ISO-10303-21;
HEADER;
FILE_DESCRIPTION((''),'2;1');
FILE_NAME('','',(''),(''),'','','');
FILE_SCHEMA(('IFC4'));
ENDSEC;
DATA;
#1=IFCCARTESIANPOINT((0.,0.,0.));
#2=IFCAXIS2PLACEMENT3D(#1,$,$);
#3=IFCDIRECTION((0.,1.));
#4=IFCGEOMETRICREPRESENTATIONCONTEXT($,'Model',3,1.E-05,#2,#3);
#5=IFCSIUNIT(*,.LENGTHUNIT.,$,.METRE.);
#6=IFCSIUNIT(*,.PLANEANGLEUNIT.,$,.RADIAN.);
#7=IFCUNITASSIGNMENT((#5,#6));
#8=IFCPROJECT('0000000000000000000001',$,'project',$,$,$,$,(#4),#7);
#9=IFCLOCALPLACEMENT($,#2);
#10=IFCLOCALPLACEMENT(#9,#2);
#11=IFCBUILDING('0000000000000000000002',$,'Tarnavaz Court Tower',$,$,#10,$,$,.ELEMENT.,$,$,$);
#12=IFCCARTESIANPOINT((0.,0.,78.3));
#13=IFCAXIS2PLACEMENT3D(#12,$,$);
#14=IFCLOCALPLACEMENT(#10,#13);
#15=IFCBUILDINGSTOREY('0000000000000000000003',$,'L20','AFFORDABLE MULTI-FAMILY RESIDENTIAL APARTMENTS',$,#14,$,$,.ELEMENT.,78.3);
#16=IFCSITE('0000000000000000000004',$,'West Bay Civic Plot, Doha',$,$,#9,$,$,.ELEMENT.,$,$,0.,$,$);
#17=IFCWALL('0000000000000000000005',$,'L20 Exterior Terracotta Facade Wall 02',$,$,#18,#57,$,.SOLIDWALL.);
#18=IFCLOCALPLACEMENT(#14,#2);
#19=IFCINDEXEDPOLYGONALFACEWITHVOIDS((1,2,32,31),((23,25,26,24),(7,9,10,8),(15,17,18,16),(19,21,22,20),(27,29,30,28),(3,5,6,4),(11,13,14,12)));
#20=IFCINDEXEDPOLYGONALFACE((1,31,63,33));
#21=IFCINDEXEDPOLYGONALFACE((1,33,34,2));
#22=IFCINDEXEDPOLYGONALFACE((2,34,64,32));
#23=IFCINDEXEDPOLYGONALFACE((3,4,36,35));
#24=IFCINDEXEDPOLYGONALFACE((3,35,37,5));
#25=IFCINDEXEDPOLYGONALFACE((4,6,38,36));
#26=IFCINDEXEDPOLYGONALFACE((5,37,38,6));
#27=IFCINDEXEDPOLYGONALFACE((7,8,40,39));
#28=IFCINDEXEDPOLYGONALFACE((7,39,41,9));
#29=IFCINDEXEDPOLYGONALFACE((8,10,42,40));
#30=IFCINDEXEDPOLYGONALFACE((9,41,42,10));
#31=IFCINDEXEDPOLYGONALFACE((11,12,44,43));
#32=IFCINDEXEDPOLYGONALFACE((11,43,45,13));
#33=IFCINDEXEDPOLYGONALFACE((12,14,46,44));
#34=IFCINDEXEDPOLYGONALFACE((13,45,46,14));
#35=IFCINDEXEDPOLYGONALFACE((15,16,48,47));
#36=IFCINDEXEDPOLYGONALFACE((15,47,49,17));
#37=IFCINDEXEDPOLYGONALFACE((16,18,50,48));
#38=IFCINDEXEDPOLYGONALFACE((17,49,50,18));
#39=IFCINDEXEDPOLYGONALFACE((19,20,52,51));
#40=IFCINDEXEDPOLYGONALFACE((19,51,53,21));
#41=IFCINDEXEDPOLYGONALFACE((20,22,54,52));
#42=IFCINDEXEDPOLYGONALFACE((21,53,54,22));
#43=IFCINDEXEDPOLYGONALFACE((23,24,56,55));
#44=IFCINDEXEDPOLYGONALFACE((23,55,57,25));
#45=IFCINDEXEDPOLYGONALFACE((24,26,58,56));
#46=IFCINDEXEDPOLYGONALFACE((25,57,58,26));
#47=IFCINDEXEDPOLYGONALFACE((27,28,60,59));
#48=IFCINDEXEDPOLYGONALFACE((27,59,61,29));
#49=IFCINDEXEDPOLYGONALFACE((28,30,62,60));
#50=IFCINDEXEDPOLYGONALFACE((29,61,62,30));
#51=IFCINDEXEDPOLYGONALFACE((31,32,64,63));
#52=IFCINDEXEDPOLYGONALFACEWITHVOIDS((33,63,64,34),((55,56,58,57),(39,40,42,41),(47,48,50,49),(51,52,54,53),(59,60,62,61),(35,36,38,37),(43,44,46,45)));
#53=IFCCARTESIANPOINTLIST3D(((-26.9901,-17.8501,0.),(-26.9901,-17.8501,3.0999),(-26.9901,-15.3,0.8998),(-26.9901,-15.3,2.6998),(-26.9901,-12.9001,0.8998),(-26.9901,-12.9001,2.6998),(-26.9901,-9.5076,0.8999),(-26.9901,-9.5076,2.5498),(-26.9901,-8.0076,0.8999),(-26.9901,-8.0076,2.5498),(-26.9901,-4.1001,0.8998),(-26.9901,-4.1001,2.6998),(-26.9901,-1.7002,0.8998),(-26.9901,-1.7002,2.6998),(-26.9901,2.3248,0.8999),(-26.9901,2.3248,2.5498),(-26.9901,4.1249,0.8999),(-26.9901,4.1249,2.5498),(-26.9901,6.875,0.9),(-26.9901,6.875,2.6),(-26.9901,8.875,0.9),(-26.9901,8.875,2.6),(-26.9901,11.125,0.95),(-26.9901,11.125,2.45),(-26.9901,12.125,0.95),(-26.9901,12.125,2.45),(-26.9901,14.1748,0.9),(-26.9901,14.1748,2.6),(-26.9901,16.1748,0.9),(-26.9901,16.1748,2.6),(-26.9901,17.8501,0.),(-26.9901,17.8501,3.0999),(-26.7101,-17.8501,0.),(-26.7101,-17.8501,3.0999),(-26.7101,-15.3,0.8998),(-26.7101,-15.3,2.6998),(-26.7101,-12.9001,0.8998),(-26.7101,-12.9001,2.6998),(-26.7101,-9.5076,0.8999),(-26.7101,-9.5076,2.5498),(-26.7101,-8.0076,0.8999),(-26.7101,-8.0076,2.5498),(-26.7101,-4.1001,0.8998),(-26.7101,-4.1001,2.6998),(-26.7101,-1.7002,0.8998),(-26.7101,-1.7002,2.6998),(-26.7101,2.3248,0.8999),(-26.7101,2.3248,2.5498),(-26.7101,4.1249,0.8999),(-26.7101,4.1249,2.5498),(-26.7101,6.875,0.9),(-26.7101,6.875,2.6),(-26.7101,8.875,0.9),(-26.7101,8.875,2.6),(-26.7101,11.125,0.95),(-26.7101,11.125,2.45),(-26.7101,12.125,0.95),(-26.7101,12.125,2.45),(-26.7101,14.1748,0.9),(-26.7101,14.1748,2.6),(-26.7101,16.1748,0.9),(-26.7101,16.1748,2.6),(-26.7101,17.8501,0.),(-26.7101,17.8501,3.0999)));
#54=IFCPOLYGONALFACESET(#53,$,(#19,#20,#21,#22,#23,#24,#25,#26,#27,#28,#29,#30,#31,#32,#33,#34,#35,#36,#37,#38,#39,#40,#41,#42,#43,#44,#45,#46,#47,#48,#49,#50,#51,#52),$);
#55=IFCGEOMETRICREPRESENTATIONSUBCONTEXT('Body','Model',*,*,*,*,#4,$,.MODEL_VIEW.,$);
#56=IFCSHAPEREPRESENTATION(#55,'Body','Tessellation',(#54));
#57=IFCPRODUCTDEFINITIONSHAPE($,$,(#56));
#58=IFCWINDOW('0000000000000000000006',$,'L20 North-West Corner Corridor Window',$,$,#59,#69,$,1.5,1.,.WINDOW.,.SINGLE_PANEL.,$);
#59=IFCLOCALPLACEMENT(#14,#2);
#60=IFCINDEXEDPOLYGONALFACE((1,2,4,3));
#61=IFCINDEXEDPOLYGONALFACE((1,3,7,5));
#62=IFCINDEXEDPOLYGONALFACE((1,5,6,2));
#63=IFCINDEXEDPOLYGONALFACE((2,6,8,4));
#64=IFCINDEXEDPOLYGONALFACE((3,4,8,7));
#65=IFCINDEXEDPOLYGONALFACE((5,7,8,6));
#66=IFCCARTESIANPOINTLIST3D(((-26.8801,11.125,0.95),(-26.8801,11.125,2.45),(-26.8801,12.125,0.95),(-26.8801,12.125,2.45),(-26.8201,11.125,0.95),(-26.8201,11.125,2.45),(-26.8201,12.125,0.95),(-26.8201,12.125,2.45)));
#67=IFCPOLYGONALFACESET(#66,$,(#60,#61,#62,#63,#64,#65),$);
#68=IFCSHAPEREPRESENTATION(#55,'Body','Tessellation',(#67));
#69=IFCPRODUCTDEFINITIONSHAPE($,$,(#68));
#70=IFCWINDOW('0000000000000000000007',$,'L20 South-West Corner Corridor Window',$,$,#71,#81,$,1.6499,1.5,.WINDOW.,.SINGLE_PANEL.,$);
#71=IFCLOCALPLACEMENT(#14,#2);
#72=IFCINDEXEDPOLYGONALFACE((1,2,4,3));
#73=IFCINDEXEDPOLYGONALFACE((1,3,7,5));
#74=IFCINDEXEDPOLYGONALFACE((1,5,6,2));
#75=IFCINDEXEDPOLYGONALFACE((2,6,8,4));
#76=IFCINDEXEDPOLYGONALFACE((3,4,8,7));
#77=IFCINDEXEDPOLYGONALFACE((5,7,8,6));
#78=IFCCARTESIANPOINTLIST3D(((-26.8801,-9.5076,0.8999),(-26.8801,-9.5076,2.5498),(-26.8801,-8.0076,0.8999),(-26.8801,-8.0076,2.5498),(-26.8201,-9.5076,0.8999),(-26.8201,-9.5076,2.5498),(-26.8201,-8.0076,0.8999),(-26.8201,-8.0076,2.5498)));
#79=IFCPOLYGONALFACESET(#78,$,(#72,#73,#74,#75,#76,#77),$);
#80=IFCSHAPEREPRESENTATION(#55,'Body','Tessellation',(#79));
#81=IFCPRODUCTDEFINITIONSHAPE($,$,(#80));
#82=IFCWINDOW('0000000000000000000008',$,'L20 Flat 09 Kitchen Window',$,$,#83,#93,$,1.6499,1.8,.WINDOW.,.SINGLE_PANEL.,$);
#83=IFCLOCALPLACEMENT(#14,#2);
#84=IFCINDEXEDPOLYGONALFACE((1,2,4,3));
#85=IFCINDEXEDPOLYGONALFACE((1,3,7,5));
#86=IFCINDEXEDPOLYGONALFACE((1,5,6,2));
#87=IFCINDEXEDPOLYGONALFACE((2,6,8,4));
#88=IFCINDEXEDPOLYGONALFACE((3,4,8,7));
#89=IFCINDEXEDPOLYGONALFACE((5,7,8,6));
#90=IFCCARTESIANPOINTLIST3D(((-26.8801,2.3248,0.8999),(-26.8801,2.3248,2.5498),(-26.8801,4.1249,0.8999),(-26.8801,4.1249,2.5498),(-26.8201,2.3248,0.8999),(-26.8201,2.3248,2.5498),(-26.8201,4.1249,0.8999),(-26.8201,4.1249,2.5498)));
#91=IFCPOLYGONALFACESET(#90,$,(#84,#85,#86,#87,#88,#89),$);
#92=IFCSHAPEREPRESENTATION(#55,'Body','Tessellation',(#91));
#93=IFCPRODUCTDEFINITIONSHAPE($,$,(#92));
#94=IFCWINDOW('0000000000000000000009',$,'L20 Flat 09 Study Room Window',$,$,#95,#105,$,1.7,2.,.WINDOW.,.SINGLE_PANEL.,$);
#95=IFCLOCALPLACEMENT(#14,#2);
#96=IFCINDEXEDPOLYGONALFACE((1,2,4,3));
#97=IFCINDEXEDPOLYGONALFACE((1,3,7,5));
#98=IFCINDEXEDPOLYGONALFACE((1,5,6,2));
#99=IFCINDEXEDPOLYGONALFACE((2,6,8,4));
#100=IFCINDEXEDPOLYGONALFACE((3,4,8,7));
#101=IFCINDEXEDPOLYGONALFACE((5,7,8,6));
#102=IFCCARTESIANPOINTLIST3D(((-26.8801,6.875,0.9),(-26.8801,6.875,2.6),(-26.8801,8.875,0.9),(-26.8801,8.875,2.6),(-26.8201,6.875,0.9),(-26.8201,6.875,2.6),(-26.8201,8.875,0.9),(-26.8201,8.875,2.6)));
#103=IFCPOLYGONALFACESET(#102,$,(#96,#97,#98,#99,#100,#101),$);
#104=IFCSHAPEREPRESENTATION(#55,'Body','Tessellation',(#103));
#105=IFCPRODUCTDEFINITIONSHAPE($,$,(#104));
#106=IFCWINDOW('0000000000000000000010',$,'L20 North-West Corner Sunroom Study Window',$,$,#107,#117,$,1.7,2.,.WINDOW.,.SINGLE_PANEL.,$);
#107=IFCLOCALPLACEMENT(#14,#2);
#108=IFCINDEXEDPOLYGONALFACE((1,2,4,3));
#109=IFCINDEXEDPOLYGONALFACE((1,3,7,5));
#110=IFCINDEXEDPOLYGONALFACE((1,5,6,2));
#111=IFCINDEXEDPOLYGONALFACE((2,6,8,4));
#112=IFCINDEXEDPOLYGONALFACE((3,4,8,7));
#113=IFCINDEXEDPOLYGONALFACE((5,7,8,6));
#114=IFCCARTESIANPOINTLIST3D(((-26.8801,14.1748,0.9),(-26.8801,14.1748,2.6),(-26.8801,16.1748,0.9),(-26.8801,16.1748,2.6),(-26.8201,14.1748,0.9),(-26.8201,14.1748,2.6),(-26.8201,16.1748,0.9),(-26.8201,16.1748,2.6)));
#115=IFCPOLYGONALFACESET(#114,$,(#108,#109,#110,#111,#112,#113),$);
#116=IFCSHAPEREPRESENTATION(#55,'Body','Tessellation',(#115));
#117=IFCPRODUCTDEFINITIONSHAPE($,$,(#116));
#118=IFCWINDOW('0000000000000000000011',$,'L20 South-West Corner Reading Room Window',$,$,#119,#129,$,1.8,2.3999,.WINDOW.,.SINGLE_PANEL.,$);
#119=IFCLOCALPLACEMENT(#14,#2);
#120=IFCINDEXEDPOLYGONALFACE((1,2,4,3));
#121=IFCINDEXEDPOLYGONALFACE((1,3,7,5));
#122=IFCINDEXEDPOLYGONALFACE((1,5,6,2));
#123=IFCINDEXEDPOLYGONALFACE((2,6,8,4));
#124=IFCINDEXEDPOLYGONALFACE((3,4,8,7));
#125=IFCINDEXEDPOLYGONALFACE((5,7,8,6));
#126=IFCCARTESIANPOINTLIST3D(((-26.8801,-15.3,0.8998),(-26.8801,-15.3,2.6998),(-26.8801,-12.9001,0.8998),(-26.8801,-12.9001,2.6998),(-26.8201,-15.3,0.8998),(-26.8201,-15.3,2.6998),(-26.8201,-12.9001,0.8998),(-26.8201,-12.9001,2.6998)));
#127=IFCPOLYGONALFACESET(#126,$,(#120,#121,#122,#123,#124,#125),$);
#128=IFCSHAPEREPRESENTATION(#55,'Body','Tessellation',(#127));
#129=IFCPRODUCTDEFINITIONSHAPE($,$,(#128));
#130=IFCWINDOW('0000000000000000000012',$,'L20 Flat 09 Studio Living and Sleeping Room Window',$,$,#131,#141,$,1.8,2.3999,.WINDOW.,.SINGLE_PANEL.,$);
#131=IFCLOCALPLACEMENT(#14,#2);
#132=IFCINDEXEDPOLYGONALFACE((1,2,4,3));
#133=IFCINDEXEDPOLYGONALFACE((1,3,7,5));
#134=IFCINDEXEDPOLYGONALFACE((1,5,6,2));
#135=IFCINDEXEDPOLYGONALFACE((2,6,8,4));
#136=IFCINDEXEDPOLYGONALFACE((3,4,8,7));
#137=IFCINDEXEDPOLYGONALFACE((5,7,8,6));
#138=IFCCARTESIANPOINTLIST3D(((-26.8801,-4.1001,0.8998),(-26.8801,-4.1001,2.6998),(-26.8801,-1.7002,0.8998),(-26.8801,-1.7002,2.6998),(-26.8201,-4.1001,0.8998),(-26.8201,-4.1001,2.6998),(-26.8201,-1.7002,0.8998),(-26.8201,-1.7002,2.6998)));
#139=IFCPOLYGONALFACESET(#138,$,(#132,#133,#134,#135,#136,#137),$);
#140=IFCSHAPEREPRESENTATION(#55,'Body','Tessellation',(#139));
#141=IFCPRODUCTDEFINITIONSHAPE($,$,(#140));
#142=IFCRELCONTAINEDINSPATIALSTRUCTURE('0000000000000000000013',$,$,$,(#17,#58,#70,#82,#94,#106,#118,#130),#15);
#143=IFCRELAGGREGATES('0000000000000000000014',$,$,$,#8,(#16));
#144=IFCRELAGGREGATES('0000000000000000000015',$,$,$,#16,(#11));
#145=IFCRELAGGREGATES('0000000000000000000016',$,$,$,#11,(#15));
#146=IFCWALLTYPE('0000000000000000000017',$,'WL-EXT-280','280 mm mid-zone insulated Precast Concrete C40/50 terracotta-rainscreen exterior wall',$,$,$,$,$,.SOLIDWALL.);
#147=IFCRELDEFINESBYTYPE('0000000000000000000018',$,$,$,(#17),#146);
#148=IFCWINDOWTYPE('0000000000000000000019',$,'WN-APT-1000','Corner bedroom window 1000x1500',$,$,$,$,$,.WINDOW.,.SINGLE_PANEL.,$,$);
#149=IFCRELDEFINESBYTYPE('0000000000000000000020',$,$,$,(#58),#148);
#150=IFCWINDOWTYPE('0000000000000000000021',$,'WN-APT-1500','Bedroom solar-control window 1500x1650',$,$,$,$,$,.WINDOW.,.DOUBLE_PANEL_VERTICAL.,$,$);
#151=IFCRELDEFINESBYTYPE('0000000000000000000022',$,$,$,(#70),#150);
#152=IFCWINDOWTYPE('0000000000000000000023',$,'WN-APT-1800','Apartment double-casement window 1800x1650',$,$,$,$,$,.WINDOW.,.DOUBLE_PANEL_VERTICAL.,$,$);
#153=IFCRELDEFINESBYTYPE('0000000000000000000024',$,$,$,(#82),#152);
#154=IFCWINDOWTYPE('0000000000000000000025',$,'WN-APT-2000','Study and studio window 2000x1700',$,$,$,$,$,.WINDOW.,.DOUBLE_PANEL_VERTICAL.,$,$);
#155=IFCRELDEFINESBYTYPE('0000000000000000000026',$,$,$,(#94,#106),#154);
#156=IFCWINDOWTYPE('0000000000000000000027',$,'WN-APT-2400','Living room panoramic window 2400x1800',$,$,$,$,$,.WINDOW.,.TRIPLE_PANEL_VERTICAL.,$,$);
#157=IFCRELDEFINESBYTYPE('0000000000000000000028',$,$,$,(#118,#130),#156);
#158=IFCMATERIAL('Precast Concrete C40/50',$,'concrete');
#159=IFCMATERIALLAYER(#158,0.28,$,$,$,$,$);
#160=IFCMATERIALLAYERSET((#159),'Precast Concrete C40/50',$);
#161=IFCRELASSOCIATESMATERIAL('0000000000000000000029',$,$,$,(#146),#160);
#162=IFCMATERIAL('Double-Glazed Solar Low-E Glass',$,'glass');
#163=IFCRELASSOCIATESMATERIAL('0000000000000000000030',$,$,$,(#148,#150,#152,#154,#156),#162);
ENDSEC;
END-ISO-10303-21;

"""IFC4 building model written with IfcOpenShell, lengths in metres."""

from ifc_helpers import new_model, si_unit, direction, frame, frame_2d, origin, place, context, subcontext, project, spatial, rectangle, extrude, material, layer, layer_set, type_object, element, fill, save


model = new_model("IFC4")

# Units and contexts
model_context = context("Model", 3, precision=1e-05, world=origin(), true_north=direction((0.0, 1.0)))
body_context = subcontext(model_context, "Body", "Model", "MODEL_VIEW")
ifc_project = project(units=[si_unit("LENGTHUNIT", "METRE"), si_unit("PLANEANGLEUNIT", "RADIAN")], contexts=[model_context])

# Site, building, storey
site_placement = place(None, origin())
site = spatial("IfcSite", under=ifc_project, at=site_placement, Name="West Bay Civic Plot, Doha", CompositionType="ELEMENT", RefElevation=0.0)
building_placement = place(site_placement, origin())
building = spatial("IfcBuilding", under=site, at=building_placement, Name="Tarnavaz Court Tower", CompositionType="ELEMENT")
storey_placement = place(building_placement, frame((0.0, 0.0, 78.3)))
storey = spatial("IfcBuildingStorey", under=building, at=storey_placement, Name="L20", Description="AFFORDABLE MULTI-FAMILY RESIDENTIAL APARTMENTS", CompositionType="ELEMENT", Elevation=78.3)

# Wall, openings, windows
ifc_material_1 = material(Name="Precast Concrete C40/50", Category="concrete")
ifc_layer_1 = layer(ifc_material_1, 0.28)
ifc_layer_set_1 = layer_set([ifc_layer_1], Name="Precast Concrete C40/50")
wall_type_1 = type_object("IfcWallType", Name="WL-EXT-280", Description="280 mm mid-zone insulated Precast Concrete C40/50 terracotta-rainscreen exterior wall", PredefinedType="SOLIDWALL", material=ifc_layer_set_1)
wall_1_placement = place(storey_placement, frame((-26.8501, -17.8501, 0.0), z_axis=(0.0, 0.0, 1.0), x_axis=(0.0, 1.0, 0.0)))
wall_1 = element("IfcWall", 1, at=wall_1_placement, inside=storey, type_object=wall_type_1, Name="L20 Exterior Terracotta Facade Wall 02", PredefinedType="SOLIDWALL", context=body_context, shape_type="SweptSolid", body=[
    extrude(rectangle(XDim=35.7002, YDim=0.28, at=frame_2d((17.8501, 0.0))), origin(), (0.0, 0.0, 1.0), 3.0999),
])
opening_1_placement = place(wall_1_placement, frame((2.55, 0.0, 0.8999)))
opening_1 = element("IfcOpeningElement", 2, at=opening_1_placement, cuts=wall_1, PredefinedType="OPENING", context=body_context, shape_type="SweptSolid", body=[
    extrude(rectangle(XDim=2.3999, YDim=1.8, at=frame_2d((1.2, 0.8999))), frame((0.0, 0.1499, 0.0), z_axis=(0.0, -1.0, 0.0), x_axis=(1.0, 0.0, 0.0)), (0.0, 0.0, 1.0), 0.3),
])
opening_2_placement = place(wall_1_placement, frame((8.3425, 0.0, 0.8999)))
opening_2 = element("IfcOpeningElement", 3, at=opening_2_placement, cuts=wall_1, PredefinedType="OPENING", context=body_context, shape_type="SweptSolid", body=[
    extrude(rectangle(XDim=1.5, YDim=1.6499, at=frame_2d((0.75, 0.825))), frame((0.0, 0.1499, 0.0), z_axis=(0.0, -1.0, 0.0), x_axis=(1.0, 0.0, 0.0)), (0.0, 0.0, 1.0), 0.3),
])
opening_3_placement = place(wall_1_placement, frame((13.75, 0.0, 0.8999)))
opening_3 = element("IfcOpeningElement", 4, at=opening_3_placement, cuts=wall_1, PredefinedType="OPENING", context=body_context, shape_type="SweptSolid", body=[
    extrude(rectangle(XDim=2.3999, YDim=1.8, at=frame_2d((1.2, 0.8999))), frame((0.0, 0.1499, 0.0), z_axis=(0.0, -1.0, 0.0), x_axis=(1.0, 0.0, 0.0)), (0.0, 0.0, 1.0), 0.3),
])
opening_4_placement = place(wall_1_placement, frame((20.175, 0.0, 0.8999)))
opening_4 = element("IfcOpeningElement", 5, at=opening_4_placement, cuts=wall_1, PredefinedType="OPENING", context=body_context, shape_type="SweptSolid", body=[
    extrude(rectangle(XDim=1.8, YDim=1.6499, at=frame_2d((0.8999, 0.825))), frame((0.0, 0.1499, 0.0), z_axis=(0.0, -1.0, 0.0), x_axis=(1.0, 0.0, 0.0)), (0.0, 0.0, 1.0), 0.3),
])
opening_5_placement = place(wall_1_placement, frame((24.7251, 0.0, 0.8999)))
opening_5 = element("IfcOpeningElement", 6, at=opening_5_placement, cuts=wall_1, PredefinedType="OPENING", context=body_context, shape_type="SweptSolid", body=[
    extrude(rectangle(XDim=2.0, YDim=1.7, at=frame_2d((1.0, 0.8501))), frame((0.0, 0.1499, 0.0), z_axis=(0.0, -1.0, 0.0), x_axis=(1.0, 0.0, 0.0)), (0.0, 0.0, 1.0), 0.3),
])
opening_6_placement = place(wall_1_placement, frame((28.9751, 0.0, 0.95)))
opening_6 = element("IfcOpeningElement", 7, at=opening_6_placement, cuts=wall_1, PredefinedType="OPENING", context=body_context, shape_type="SweptSolid", body=[
    extrude(rectangle(XDim=1.0, YDim=1.5, at=frame_2d((0.5, 0.75))), frame((0.0, 0.1499, 0.0), z_axis=(0.0, -1.0, 0.0), x_axis=(1.0, 0.0, 0.0)), (0.0, 0.0, 1.0), 0.3),
])
opening_7_placement = place(wall_1_placement, frame((32.0249, 0.0, 0.8999)))
opening_7 = element("IfcOpeningElement", 8, at=opening_7_placement, cuts=wall_1, PredefinedType="OPENING", context=body_context, shape_type="SweptSolid", body=[
    extrude(rectangle(XDim=2.0, YDim=1.7, at=frame_2d((1.0, 0.8501))), frame((0.0, 0.1499, 0.0), z_axis=(0.0, -1.0, 0.0), x_axis=(1.0, 0.0, 0.0)), (0.0, 0.0, 1.0), 0.3),
])
ifc_material_2 = material(Name="Double-Glazed Solar Low-E Glass", Category="glass")
window_type_1 = type_object("IfcWindowType", Name="WN-APT-1000", Description="Corner bedroom window 1000x1500", PartitioningType="SINGLE_PANEL", PredefinedType="WINDOW", material=ifc_material_2)
window_1_placement = place(opening_6_placement, origin())
window_1 = element("IfcWindow", 9, at=window_1_placement, inside=storey, type_object=window_type_1, Name="L20 North-West Corner Corridor Window", OverallHeight=1.5, OverallWidth=1.0, PartitioningType="SINGLE_PANEL", PredefinedType="WINDOW", context=body_context, shape_type="SweptSolid", body=[
    extrude(rectangle(XDim=1.0, YDim=1.5, at=frame_2d((0.5, 0.75))), frame((0.0, 0.03, 0.0), z_axis=(0.0, -1.0, 0.0), x_axis=(1.0, 0.0, 0.0)), (0.0, 0.0, 1.0), 0.0601),
])
fill(opening_6, window_1)
window_type_2 = type_object("IfcWindowType", Name="WN-APT-1500", Description="Bedroom solar-control window 1500x1650", PartitioningType="DOUBLE_PANEL_VERTICAL", PredefinedType="WINDOW", material=ifc_material_2)
window_2_placement = place(opening_2_placement, origin())
window_2 = element("IfcWindow", 10, at=window_2_placement, inside=storey, type_object=window_type_2, Name="L20 South-West Corner Corridor Window", OverallHeight=1.6499, OverallWidth=1.5, PartitioningType="SINGLE_PANEL", PredefinedType="WINDOW", context=body_context, shape_type="SweptSolid", body=[
    extrude(rectangle(XDim=1.5, YDim=1.6499, at=frame_2d((0.75, 0.825))), frame((0.0, 0.03, 0.0), z_axis=(0.0, -1.0, 0.0), x_axis=(1.0, 0.0, 0.0)), (0.0, 0.0, 1.0), 0.0601),
])
fill(opening_2, window_2)
window_type_3 = type_object("IfcWindowType", Name="WN-APT-1800", Description="Apartment double-casement window 1800x1650", PartitioningType="DOUBLE_PANEL_VERTICAL", PredefinedType="WINDOW", material=ifc_material_2)
window_3_placement = place(opening_4_placement, origin())
window_3 = element("IfcWindow", 11, at=window_3_placement, inside=storey, type_object=window_type_3, Name="L20 Flat 09 Kitchen Window", OverallHeight=1.6499, OverallWidth=1.8, PartitioningType="SINGLE_PANEL", PredefinedType="WINDOW", context=body_context, shape_type="SweptSolid", body=[
    extrude(rectangle(XDim=1.8, YDim=1.6499, at=frame_2d((0.8999, 0.825))), frame((0.0, 0.03, 0.0), z_axis=(0.0, -1.0, 0.0), x_axis=(1.0, 0.0, 0.0)), (0.0, 0.0, 1.0), 0.0601),
])
fill(opening_4, window_3)
window_type_4 = type_object("IfcWindowType", Name="WN-APT-2000", Description="Study and studio window 2000x1700", PartitioningType="DOUBLE_PANEL_VERTICAL", PredefinedType="WINDOW", material=ifc_material_2)
window_4_placement = place(opening_5_placement, origin())
window_4 = element("IfcWindow", 12, at=window_4_placement, inside=storey, type_object=window_type_4, Name="L20 Flat 09 Study Room Window", OverallHeight=1.7, OverallWidth=2.0, PartitioningType="SINGLE_PANEL", PredefinedType="WINDOW", context=body_context, shape_type="SweptSolid", body=[
    extrude(rectangle(XDim=2.0, YDim=1.7, at=frame_2d((1.0, 0.8501))), frame((0.0, 0.03, 0.0), z_axis=(0.0, -1.0, 0.0), x_axis=(1.0, 0.0, 0.0)), (0.0, 0.0, 1.0), 0.0601),
])
fill(opening_5, window_4)
window_5_placement = place(opening_7_placement, origin())
window_5 = element("IfcWindow", 13, at=window_5_placement, inside=storey, type_object=window_type_4, Name="L20 North-West Corner Sunroom Study Window", OverallHeight=1.7, OverallWidth=2.0, PartitioningType="SINGLE_PANEL", PredefinedType="WINDOW", context=body_context, shape_type="SweptSolid", body=[
    extrude(rectangle(XDim=2.0, YDim=1.7, at=frame_2d((1.0, 0.8501))), frame((0.0, 0.03, 0.0), z_axis=(0.0, -1.0, 0.0), x_axis=(1.0, 0.0, 0.0)), (0.0, 0.0, 1.0), 0.0601),
])
fill(opening_7, window_5)
window_type_5 = type_object("IfcWindowType", Name="WN-APT-2400", Description="Living room panoramic window 2400x1800", PartitioningType="TRIPLE_PANEL_VERTICAL", PredefinedType="WINDOW", material=ifc_material_2)
window_6_placement = place(opening_1_placement, origin())
window_6 = element("IfcWindow", 14, at=window_6_placement, inside=storey, type_object=window_type_5, Name="L20 South-West Corner Reading Room Window", OverallHeight=1.8, OverallWidth=2.3999, PartitioningType="SINGLE_PANEL", PredefinedType="WINDOW", context=body_context, shape_type="SweptSolid", body=[
    extrude(rectangle(XDim=2.3999, YDim=1.8, at=frame_2d((1.2, 0.8999))), frame((0.0, 0.03, 0.0), z_axis=(0.0, -1.0, 0.0), x_axis=(1.0, 0.0, 0.0)), (0.0, 0.0, 1.0), 0.0601),
])
fill(opening_1, window_6)
window_7_placement = place(opening_3_placement, origin())
window_7 = element("IfcWindow", 15, at=window_7_placement, inside=storey, type_object=window_type_5, Name="L20 Flat 09 Studio Living and Sleeping Room Window", OverallHeight=1.8, OverallWidth=2.3999, PartitioningType="SINGLE_PANEL", PredefinedType="WINDOW", context=body_context, shape_type="SweptSolid", body=[
    extrude(rectangle(XDim=2.3999, YDim=1.8, at=frame_2d((1.2, 0.8999))), frame((0.0, 0.03, 0.0), z_axis=(0.0, -1.0, 0.0), x_axis=(1.0, 0.0, 0.0)), (0.0, 0.0, 1.0), 0.0601),
])
fill(opening_3, window_7)

save(model, "model.ifc")
